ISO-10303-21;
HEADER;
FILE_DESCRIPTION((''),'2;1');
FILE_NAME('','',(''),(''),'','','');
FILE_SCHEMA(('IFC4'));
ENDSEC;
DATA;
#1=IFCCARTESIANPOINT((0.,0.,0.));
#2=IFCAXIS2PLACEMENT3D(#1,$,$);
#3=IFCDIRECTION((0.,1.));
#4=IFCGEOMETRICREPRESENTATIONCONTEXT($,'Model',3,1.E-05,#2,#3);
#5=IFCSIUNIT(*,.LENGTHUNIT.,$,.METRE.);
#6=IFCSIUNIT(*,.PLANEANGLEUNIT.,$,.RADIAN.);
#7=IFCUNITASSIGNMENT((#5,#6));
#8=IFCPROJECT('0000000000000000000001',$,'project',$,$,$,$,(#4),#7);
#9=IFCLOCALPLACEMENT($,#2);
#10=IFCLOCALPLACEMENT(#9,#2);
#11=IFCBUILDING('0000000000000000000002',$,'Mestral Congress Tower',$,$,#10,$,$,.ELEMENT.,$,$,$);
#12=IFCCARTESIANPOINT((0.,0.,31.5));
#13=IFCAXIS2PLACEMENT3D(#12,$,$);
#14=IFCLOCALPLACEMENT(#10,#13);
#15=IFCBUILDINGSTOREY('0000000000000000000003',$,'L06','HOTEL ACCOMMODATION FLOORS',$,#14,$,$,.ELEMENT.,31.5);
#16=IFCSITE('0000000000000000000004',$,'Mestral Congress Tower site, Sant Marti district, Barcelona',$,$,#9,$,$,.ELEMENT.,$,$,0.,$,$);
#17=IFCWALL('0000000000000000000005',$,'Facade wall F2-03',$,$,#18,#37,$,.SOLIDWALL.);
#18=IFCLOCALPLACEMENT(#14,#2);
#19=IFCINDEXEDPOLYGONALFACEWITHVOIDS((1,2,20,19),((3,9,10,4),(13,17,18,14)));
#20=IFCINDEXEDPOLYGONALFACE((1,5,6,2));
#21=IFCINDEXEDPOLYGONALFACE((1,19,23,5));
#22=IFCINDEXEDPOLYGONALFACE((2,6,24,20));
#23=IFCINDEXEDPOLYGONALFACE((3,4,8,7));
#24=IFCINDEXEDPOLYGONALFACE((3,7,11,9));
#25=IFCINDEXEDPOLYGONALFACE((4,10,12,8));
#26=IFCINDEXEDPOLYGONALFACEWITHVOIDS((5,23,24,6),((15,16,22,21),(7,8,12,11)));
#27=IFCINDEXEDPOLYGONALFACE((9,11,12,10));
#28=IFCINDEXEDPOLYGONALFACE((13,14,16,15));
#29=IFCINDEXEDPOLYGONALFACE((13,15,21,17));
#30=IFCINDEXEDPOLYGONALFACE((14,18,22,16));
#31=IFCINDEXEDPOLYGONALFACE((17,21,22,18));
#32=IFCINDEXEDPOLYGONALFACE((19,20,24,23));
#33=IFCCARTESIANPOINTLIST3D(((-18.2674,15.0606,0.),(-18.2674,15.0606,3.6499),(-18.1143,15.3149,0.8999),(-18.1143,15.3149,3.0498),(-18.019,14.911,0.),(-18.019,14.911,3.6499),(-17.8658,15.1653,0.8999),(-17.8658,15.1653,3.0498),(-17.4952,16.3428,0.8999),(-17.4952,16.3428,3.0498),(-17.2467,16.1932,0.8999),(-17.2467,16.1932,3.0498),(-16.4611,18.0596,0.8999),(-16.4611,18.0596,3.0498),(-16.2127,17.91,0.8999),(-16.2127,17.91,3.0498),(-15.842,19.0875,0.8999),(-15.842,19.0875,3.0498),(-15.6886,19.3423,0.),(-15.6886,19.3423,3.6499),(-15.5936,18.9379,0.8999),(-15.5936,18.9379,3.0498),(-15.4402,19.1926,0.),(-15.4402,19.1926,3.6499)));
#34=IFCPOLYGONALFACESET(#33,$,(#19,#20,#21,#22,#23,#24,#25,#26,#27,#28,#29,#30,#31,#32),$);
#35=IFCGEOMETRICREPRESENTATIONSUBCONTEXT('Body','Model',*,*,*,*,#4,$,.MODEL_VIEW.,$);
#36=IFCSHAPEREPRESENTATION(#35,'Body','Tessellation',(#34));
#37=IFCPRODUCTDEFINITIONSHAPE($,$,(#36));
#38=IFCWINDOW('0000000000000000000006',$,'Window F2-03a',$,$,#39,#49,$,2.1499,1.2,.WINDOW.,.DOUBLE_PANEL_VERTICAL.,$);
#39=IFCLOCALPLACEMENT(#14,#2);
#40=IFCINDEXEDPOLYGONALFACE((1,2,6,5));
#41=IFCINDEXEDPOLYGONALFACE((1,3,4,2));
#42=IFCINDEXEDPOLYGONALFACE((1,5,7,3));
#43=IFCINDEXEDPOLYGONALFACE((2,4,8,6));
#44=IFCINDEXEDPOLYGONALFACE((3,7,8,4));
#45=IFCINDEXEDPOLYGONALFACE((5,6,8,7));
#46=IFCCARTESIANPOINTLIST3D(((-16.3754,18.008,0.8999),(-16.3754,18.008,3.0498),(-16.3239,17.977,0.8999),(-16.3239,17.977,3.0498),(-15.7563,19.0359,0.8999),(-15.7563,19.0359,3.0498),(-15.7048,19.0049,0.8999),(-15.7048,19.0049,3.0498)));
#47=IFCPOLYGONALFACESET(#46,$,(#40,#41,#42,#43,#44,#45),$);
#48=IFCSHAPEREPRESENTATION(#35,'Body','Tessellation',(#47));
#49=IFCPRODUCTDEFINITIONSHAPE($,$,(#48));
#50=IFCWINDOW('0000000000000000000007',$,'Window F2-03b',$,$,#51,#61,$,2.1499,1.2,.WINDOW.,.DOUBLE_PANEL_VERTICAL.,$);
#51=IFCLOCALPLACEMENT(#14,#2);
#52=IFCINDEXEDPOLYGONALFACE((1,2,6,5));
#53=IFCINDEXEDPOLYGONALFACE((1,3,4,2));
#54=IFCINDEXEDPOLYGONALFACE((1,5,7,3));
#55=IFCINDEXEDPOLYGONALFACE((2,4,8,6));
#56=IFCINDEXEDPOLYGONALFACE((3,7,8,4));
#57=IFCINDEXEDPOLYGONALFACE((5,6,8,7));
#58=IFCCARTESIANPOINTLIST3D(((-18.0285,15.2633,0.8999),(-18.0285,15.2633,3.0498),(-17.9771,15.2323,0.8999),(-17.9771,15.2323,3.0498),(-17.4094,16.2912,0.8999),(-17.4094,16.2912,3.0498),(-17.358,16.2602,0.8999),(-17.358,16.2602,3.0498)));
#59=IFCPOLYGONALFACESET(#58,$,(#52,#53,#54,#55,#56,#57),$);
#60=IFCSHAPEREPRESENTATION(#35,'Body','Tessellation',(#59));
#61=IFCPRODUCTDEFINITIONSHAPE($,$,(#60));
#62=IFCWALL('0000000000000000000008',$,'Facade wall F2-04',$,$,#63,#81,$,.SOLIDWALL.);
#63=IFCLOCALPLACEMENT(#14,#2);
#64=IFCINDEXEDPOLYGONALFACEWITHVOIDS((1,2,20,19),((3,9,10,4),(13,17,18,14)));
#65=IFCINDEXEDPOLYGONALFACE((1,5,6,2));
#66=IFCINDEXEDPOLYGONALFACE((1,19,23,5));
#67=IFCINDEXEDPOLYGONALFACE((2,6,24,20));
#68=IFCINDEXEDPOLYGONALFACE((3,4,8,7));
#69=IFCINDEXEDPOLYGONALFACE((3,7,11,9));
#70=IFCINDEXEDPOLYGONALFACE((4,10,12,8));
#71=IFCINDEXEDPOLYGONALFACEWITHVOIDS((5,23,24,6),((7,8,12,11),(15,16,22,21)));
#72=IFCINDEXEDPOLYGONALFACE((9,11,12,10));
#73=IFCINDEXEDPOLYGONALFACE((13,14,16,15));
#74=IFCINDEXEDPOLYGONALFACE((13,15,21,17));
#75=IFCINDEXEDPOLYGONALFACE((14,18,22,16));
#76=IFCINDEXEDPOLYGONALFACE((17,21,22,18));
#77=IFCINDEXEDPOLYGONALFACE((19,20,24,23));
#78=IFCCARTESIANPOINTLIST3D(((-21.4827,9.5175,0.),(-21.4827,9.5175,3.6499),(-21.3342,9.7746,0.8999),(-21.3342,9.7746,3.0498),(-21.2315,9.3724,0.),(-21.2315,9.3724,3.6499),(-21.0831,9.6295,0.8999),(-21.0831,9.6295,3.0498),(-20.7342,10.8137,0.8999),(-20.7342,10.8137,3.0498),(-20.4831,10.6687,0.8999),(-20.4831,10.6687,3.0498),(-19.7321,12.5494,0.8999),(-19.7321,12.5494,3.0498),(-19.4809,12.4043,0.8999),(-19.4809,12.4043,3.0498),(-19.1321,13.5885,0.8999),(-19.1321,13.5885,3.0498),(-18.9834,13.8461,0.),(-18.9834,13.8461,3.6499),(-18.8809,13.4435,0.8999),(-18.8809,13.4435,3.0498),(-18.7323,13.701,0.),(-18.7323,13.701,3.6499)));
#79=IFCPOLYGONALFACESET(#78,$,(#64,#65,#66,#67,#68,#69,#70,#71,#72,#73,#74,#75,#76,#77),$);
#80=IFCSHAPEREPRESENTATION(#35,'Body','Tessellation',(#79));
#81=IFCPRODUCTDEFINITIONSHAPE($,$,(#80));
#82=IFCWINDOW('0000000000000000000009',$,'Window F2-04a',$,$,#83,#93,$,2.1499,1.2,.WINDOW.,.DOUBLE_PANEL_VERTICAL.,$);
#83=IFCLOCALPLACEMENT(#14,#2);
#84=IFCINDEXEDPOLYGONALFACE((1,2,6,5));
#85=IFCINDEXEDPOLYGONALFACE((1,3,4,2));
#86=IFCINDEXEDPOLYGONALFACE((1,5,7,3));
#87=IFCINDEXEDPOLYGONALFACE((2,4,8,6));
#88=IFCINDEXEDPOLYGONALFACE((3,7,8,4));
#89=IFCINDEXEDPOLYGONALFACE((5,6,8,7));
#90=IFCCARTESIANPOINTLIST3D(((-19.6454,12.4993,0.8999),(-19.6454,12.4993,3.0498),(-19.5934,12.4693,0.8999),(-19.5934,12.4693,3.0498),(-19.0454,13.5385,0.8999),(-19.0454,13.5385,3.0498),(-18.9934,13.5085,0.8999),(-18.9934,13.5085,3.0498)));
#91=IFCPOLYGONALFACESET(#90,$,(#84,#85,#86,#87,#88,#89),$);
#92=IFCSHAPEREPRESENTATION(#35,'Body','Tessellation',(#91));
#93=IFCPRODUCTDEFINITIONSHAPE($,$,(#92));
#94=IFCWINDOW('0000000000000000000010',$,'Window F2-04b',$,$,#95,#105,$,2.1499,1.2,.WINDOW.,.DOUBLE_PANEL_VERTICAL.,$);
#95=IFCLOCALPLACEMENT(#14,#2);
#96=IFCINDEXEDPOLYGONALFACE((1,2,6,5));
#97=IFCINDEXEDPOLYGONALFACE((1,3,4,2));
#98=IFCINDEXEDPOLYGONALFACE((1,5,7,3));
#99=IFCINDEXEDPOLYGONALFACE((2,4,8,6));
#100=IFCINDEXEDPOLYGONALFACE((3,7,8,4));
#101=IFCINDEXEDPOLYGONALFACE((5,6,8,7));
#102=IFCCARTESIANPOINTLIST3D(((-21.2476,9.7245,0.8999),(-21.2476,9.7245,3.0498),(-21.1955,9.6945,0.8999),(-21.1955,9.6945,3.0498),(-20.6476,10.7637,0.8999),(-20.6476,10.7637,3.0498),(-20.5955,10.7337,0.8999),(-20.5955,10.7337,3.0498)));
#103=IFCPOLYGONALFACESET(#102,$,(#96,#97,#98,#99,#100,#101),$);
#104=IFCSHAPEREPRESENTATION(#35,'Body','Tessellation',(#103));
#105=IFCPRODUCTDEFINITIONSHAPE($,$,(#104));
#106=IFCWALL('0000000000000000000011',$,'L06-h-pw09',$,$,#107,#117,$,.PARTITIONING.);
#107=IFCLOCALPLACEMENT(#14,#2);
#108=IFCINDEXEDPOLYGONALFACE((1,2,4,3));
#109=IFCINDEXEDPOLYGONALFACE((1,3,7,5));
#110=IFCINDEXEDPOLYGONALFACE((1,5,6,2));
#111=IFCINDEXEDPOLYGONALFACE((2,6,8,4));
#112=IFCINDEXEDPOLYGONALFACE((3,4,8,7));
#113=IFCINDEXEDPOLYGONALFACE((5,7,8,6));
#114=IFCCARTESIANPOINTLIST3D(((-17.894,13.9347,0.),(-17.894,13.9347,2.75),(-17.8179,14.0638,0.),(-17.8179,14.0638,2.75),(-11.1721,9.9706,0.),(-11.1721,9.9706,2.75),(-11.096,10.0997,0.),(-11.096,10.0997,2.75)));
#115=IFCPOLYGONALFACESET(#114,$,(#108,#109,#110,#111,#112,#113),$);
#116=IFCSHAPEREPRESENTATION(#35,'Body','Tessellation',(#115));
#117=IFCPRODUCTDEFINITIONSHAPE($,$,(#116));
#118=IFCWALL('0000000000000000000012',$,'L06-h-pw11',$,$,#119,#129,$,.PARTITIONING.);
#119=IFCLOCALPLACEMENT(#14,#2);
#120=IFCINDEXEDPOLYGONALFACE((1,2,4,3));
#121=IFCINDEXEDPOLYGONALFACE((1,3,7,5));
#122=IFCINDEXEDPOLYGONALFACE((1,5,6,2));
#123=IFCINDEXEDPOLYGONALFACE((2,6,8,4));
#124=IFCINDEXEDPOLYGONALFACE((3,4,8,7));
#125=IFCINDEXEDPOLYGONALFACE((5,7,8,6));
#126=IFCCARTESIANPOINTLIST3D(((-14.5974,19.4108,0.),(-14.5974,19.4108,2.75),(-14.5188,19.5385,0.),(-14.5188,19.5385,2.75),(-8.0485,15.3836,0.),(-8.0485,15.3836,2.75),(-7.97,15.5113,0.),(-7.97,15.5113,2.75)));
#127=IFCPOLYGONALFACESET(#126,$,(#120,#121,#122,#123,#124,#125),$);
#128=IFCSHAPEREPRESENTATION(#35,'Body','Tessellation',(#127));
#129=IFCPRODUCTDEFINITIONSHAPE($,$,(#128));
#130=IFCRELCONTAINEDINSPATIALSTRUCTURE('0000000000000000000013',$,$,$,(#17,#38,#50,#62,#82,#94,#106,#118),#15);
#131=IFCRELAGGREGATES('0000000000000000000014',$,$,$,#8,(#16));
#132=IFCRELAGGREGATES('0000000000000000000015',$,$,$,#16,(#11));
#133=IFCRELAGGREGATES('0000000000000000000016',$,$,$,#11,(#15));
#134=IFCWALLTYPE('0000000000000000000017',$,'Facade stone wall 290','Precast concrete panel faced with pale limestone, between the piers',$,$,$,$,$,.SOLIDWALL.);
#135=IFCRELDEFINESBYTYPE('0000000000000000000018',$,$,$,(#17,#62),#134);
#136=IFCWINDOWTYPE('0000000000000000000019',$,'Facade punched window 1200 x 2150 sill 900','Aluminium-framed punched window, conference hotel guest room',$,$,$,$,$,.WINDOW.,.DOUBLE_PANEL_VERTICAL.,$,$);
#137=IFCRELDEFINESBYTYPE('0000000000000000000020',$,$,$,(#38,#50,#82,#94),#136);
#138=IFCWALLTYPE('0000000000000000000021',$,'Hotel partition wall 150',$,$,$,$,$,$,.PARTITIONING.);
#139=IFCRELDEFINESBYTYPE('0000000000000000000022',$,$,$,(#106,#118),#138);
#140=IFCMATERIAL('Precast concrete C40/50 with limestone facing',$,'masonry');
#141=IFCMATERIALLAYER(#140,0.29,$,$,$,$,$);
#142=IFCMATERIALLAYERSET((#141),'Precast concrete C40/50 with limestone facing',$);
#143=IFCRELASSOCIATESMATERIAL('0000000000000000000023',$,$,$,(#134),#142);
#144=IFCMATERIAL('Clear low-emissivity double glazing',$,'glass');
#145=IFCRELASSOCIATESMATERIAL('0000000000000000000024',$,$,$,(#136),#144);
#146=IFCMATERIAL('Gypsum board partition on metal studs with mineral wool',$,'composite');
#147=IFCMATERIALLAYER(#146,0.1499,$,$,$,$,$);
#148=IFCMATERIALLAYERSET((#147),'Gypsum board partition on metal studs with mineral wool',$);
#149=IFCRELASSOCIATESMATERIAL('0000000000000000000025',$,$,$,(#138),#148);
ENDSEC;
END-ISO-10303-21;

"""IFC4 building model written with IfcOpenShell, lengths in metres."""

from ifc_helpers import new_model, si_unit, direction, frame, frame_2d, origin, place, context, subcontext, project, spatial, rectangle, extrude, material, layer, layer_set, type_object, element, fill, save


model = new_model("IFC4")

# Units and contexts
model_context = context("Model", 3, precision=1e-05, world=origin(), true_north=direction((0.0, 1.0)))
body_context = subcontext(model_context, "Body", "Model", "MODEL_VIEW")
ifc_project = project(units=[si_unit("LENGTHUNIT", "METRE"), si_unit("PLANEANGLEUNIT", "RADIAN")], contexts=[model_context])

# Site, building, storey
site_placement = place(None, origin())
site = spatial("IfcSite", under=ifc_project, at=site_placement, Name="Mestral Congress Tower site, Sant Marti district, Barcelona", CompositionType="ELEMENT", RefElevation=0.0)
building_placement = place(site_placement, origin())
building = spatial("IfcBuilding", under=site, at=building_placement, Name="Mestral Congress Tower", CompositionType="ELEMENT")
storey_placement = place(building_placement, frame((0.0, 0.0, 31.5)))
storey = spatial("IfcBuildingStorey", under=building, at=storey_placement, Name="L06", Description="HOTEL ACCOMMODATION FLOORS", CompositionType="ELEMENT", Elevation=31.5)

# Walls, openings, windows
ifc_material_1 = material(Name="Precast concrete C40/50 with limestone facing", Category="masonry")
ifc_layer_1 = layer(ifc_material_1, 0.29)
ifc_layer_set_1 = layer_set([ifc_layer_1], Name="Precast concrete C40/50 with limestone facing")
wall_type_1 = type_object("IfcWallType", Name="Facade stone wall 290", Description="Precast concrete panel faced with pale limestone, between the piers", PredefinedType="SOLIDWALL", material=ifc_layer_set_1)
ifc_material_2 = material(Name="Clear low-emissivity double glazing", Category="glass")
window_type = type_object("IfcWindowType", Name="Facade punched window 1200 x 2150 sill 900", Description="Aluminium-framed punched window, conference hotel guest room", PartitioningType="DOUBLE_PANEL_VERTICAL", PredefinedType="WINDOW", material=ifc_material_2)
wall_1_placement = place(storey_placement, frame((-15.5645, 19.2673, 0.0), z_axis=(0.0, 0.0, 1.0), x_axis=(-0.515939, -0.856625, 0.0)))
wall_1 = element("IfcWall", 1, at=wall_1_placement, inside=storey, type_object=wall_type_1, Name="Facade wall F2-03", PredefinedType="SOLIDWALL", context=body_context, shape_type="SweptSolid", body=[
    extrude(rectangle(XDim=4.9983, YDim=0.29, at=frame_2d((2.499, 0.0))), origin(), (0.0, 0.0, 1.0), 3.6499),
])
opening_1_placement = place(wall_1_placement, frame((0.2971, 0.0, 0.8999)))
opening_1 = element("IfcOpeningElement", 2, at=opening_1_placement, cuts=wall_1, PredefinedType="OPENING", context=body_context, shape_type="SweptSolid", body=[
    extrude(rectangle(XDim=1.2, YDim=2.1499, at=frame_2d((0.6001, 1.075))), frame((0.0, 0.155, 0.0), z_axis=(0.0, -1.0, 0.0), x_axis=(1.0, 0.0, 0.0)), (0.0, 0.0, 1.0), 0.3101),
])
opening_2_placement = place(wall_1_placement, frame((3.5012, 0.0, 0.8999)))
opening_2 = element("IfcOpeningElement", 3, at=opening_2_placement, cuts=wall_1, PredefinedType="OPENING", context=body_context, shape_type="SweptSolid", body=[
    extrude(rectangle(XDim=1.2, YDim=2.1499, at=frame_2d((0.6001, 1.075))), frame((0.0, 0.155, 0.0), z_axis=(0.0, -1.0, 0.0), x_axis=(1.0, 0.0, 0.0)), (0.0, 0.0, 1.0), 0.3101),
])
window_1_placement = place(opening_1_placement, origin())
window_1 = element("IfcWindow", 4, at=window_1_placement, inside=storey, type_object=window_type, Name="Window F2-03a", OverallHeight=2.1499, OverallWidth=1.2, PartitioningType="DOUBLE_PANEL_VERTICAL", PredefinedType="WINDOW", context=body_context, shape_type="SweptSolid", body=[
    extrude(rectangle(XDim=1.2, YDim=2.1499, at=frame_2d((0.6001, 1.075))), frame((0.0, 0.0151, 0.0), z_axis=(0.0, -1.0, 0.0), x_axis=(1.0, 0.0, 0.0)), (0.0, 0.0, 1.0), 0.0601),
])
fill(opening_1, window_1)
window_2_placement = place(opening_2_placement, origin())
window_2 = element("IfcWindow", 5, at=window_2_placement, inside=storey, type_object=window_type, Name="Window F2-03b", OverallHeight=2.1499, OverallWidth=1.2, PartitioningType="DOUBLE_PANEL_VERTICAL", PredefinedType="WINDOW", context=body_context, shape_type="SweptSolid", body=[
    extrude(rectangle(XDim=1.2, YDim=2.1499, at=frame_2d((0.6001, 1.075))), frame((0.0, 0.0151, 0.0), z_axis=(0.0, -1.0, 0.0), x_axis=(1.0, 0.0, 0.0)), (0.0, 0.0, 1.0), 0.0601),
])
fill(opening_2, window_2)
wall_2_placement = place(storey_placement, frame((-18.8579, 13.7734, 0.0), z_axis=(0.0, 0.0, 1.0), x_axis=(-0.500021, -0.866013, 0.0)))
wall_2 = element("IfcWall", 6, at=wall_2_placement, inside=storey, type_object=wall_type_1, Name="Facade wall F2-04", PredefinedType="SOLIDWALL", context=body_context, shape_type="SweptSolid", body=[
    extrude(rectangle(XDim=4.9983, YDim=0.29, at=frame_2d((2.499, 0.0))), origin(), (0.0, 0.0, 1.0), 3.6499),
])
opening_3_placement = place(wall_2_placement, frame((0.2971, 0.0, 0.8999)))
opening_3 = element("IfcOpeningElement", 7, at=opening_3_placement, cuts=wall_2, PredefinedType="OPENING", context=body_context, shape_type="SweptSolid", body=[
    extrude(rectangle(XDim=1.2, YDim=2.1499, at=frame_2d((0.6001, 1.075))), frame((0.0, 0.155, 0.0), z_axis=(0.0, -1.0, 0.0), x_axis=(1.0, 0.0, 0.0)), (0.0, 0.0, 1.0), 0.3101),
])
opening_4_placement = place(wall_2_placement, frame((3.5012, 0.0, 0.8999)))
opening_4 = element("IfcOpeningElement", 8, at=opening_4_placement, cuts=wall_2, PredefinedType="OPENING", context=body_context, shape_type="SweptSolid", body=[
    extrude(rectangle(XDim=1.2, YDim=2.1499, at=frame_2d((0.6001, 1.075))), frame((0.0, 0.155, 0.0), z_axis=(0.0, -1.0, 0.0), x_axis=(1.0, 0.0, 0.0)), (0.0, 0.0, 1.0), 0.3101),
])
window_3_placement = place(opening_3_placement, origin())
window_3 = element("IfcWindow", 9, at=window_3_placement, inside=storey, type_object=window_type, Name="Window F2-04a", OverallHeight=2.1499, OverallWidth=1.2, PartitioningType="DOUBLE_PANEL_VERTICAL", PredefinedType="WINDOW", context=body_context, shape_type="SweptSolid", body=[
    extrude(rectangle(XDim=1.2, YDim=2.1499, at=frame_2d((0.6001, 1.075))), frame((0.0, 0.0151, 0.0), z_axis=(0.0, -1.0, 0.0), x_axis=(1.0, 0.0, 0.0)), (0.0, 0.0, 1.0), 0.0601),
])
fill(opening_3, window_3)
window_4_placement = place(opening_4_placement, origin())
window_4 = element("IfcWindow", 10, at=window_4_placement, inside=storey, type_object=window_type, Name="Window F2-04b", OverallHeight=2.1499, OverallWidth=1.2, PartitioningType="DOUBLE_PANEL_VERTICAL", PredefinedType="WINDOW", context=body_context, shape_type="SweptSolid", body=[
    extrude(rectangle(XDim=1.2, YDim=2.1499, at=frame_2d((0.6001, 1.075))), frame((0.0, 0.0151, 0.0), z_axis=(0.0, -1.0, 0.0), x_axis=(1.0, 0.0, 0.0)), (0.0, 0.0, 1.0), 0.0601),
])
fill(opening_4, window_4)

# Walls
ifc_material_3 = material(Name="Gypsum board partition on metal studs with mineral wool", Category="composite")
ifc_layer_2 = layer(ifc_material_3, 0.1499)
ifc_layer_set_2 = layer_set([ifc_layer_2], Name="Gypsum board partition on metal studs with mineral wool")
wall_type_2 = type_object("IfcWallType", Name="Hotel partition wall 150", PredefinedType="PARTITIONING", material=ifc_layer_set_2)
wall_3_placement = place(storey_placement, frame((-17.856, 13.9993, 0.0), z_axis=(0.0, 0.0, 1.0), x_axis=(0.861372, -0.507975, 0.0)))
element("IfcWall", 11, at=wall_3_placement, inside=storey, type_object=wall_type_2, Name="L06-h-pw09", PredefinedType="PARTITIONING", context=body_context, shape_type="SweptSolid", body=[
    extrude(rectangle(XDim=7.8037, YDim=0.1499, at=frame_2d((3.9019, 0.0))), origin(), (0.0, 0.0, 1.0), 2.75),
])
wall_4_placement = place(storey_placement, frame((-14.5581, 19.4746, 0.0), z_axis=(0.0, 0.0, 1.0), x_axis=(0.851829, -0.523819, 0.0)))
element("IfcWall", 12, at=wall_4_placement, inside=storey, type_object=wall_type_2, Name="L06-h-pw11", PredefinedType="PARTITIONING", context=body_context, shape_type="SweptSolid", body=[
    extrude(rectangle(XDim=7.688, YDim=0.1499, at=frame_2d((3.844, 0.0))), origin(), (0.0, 0.0, 1.0), 2.75),
])

save(model, "model.ifc")
